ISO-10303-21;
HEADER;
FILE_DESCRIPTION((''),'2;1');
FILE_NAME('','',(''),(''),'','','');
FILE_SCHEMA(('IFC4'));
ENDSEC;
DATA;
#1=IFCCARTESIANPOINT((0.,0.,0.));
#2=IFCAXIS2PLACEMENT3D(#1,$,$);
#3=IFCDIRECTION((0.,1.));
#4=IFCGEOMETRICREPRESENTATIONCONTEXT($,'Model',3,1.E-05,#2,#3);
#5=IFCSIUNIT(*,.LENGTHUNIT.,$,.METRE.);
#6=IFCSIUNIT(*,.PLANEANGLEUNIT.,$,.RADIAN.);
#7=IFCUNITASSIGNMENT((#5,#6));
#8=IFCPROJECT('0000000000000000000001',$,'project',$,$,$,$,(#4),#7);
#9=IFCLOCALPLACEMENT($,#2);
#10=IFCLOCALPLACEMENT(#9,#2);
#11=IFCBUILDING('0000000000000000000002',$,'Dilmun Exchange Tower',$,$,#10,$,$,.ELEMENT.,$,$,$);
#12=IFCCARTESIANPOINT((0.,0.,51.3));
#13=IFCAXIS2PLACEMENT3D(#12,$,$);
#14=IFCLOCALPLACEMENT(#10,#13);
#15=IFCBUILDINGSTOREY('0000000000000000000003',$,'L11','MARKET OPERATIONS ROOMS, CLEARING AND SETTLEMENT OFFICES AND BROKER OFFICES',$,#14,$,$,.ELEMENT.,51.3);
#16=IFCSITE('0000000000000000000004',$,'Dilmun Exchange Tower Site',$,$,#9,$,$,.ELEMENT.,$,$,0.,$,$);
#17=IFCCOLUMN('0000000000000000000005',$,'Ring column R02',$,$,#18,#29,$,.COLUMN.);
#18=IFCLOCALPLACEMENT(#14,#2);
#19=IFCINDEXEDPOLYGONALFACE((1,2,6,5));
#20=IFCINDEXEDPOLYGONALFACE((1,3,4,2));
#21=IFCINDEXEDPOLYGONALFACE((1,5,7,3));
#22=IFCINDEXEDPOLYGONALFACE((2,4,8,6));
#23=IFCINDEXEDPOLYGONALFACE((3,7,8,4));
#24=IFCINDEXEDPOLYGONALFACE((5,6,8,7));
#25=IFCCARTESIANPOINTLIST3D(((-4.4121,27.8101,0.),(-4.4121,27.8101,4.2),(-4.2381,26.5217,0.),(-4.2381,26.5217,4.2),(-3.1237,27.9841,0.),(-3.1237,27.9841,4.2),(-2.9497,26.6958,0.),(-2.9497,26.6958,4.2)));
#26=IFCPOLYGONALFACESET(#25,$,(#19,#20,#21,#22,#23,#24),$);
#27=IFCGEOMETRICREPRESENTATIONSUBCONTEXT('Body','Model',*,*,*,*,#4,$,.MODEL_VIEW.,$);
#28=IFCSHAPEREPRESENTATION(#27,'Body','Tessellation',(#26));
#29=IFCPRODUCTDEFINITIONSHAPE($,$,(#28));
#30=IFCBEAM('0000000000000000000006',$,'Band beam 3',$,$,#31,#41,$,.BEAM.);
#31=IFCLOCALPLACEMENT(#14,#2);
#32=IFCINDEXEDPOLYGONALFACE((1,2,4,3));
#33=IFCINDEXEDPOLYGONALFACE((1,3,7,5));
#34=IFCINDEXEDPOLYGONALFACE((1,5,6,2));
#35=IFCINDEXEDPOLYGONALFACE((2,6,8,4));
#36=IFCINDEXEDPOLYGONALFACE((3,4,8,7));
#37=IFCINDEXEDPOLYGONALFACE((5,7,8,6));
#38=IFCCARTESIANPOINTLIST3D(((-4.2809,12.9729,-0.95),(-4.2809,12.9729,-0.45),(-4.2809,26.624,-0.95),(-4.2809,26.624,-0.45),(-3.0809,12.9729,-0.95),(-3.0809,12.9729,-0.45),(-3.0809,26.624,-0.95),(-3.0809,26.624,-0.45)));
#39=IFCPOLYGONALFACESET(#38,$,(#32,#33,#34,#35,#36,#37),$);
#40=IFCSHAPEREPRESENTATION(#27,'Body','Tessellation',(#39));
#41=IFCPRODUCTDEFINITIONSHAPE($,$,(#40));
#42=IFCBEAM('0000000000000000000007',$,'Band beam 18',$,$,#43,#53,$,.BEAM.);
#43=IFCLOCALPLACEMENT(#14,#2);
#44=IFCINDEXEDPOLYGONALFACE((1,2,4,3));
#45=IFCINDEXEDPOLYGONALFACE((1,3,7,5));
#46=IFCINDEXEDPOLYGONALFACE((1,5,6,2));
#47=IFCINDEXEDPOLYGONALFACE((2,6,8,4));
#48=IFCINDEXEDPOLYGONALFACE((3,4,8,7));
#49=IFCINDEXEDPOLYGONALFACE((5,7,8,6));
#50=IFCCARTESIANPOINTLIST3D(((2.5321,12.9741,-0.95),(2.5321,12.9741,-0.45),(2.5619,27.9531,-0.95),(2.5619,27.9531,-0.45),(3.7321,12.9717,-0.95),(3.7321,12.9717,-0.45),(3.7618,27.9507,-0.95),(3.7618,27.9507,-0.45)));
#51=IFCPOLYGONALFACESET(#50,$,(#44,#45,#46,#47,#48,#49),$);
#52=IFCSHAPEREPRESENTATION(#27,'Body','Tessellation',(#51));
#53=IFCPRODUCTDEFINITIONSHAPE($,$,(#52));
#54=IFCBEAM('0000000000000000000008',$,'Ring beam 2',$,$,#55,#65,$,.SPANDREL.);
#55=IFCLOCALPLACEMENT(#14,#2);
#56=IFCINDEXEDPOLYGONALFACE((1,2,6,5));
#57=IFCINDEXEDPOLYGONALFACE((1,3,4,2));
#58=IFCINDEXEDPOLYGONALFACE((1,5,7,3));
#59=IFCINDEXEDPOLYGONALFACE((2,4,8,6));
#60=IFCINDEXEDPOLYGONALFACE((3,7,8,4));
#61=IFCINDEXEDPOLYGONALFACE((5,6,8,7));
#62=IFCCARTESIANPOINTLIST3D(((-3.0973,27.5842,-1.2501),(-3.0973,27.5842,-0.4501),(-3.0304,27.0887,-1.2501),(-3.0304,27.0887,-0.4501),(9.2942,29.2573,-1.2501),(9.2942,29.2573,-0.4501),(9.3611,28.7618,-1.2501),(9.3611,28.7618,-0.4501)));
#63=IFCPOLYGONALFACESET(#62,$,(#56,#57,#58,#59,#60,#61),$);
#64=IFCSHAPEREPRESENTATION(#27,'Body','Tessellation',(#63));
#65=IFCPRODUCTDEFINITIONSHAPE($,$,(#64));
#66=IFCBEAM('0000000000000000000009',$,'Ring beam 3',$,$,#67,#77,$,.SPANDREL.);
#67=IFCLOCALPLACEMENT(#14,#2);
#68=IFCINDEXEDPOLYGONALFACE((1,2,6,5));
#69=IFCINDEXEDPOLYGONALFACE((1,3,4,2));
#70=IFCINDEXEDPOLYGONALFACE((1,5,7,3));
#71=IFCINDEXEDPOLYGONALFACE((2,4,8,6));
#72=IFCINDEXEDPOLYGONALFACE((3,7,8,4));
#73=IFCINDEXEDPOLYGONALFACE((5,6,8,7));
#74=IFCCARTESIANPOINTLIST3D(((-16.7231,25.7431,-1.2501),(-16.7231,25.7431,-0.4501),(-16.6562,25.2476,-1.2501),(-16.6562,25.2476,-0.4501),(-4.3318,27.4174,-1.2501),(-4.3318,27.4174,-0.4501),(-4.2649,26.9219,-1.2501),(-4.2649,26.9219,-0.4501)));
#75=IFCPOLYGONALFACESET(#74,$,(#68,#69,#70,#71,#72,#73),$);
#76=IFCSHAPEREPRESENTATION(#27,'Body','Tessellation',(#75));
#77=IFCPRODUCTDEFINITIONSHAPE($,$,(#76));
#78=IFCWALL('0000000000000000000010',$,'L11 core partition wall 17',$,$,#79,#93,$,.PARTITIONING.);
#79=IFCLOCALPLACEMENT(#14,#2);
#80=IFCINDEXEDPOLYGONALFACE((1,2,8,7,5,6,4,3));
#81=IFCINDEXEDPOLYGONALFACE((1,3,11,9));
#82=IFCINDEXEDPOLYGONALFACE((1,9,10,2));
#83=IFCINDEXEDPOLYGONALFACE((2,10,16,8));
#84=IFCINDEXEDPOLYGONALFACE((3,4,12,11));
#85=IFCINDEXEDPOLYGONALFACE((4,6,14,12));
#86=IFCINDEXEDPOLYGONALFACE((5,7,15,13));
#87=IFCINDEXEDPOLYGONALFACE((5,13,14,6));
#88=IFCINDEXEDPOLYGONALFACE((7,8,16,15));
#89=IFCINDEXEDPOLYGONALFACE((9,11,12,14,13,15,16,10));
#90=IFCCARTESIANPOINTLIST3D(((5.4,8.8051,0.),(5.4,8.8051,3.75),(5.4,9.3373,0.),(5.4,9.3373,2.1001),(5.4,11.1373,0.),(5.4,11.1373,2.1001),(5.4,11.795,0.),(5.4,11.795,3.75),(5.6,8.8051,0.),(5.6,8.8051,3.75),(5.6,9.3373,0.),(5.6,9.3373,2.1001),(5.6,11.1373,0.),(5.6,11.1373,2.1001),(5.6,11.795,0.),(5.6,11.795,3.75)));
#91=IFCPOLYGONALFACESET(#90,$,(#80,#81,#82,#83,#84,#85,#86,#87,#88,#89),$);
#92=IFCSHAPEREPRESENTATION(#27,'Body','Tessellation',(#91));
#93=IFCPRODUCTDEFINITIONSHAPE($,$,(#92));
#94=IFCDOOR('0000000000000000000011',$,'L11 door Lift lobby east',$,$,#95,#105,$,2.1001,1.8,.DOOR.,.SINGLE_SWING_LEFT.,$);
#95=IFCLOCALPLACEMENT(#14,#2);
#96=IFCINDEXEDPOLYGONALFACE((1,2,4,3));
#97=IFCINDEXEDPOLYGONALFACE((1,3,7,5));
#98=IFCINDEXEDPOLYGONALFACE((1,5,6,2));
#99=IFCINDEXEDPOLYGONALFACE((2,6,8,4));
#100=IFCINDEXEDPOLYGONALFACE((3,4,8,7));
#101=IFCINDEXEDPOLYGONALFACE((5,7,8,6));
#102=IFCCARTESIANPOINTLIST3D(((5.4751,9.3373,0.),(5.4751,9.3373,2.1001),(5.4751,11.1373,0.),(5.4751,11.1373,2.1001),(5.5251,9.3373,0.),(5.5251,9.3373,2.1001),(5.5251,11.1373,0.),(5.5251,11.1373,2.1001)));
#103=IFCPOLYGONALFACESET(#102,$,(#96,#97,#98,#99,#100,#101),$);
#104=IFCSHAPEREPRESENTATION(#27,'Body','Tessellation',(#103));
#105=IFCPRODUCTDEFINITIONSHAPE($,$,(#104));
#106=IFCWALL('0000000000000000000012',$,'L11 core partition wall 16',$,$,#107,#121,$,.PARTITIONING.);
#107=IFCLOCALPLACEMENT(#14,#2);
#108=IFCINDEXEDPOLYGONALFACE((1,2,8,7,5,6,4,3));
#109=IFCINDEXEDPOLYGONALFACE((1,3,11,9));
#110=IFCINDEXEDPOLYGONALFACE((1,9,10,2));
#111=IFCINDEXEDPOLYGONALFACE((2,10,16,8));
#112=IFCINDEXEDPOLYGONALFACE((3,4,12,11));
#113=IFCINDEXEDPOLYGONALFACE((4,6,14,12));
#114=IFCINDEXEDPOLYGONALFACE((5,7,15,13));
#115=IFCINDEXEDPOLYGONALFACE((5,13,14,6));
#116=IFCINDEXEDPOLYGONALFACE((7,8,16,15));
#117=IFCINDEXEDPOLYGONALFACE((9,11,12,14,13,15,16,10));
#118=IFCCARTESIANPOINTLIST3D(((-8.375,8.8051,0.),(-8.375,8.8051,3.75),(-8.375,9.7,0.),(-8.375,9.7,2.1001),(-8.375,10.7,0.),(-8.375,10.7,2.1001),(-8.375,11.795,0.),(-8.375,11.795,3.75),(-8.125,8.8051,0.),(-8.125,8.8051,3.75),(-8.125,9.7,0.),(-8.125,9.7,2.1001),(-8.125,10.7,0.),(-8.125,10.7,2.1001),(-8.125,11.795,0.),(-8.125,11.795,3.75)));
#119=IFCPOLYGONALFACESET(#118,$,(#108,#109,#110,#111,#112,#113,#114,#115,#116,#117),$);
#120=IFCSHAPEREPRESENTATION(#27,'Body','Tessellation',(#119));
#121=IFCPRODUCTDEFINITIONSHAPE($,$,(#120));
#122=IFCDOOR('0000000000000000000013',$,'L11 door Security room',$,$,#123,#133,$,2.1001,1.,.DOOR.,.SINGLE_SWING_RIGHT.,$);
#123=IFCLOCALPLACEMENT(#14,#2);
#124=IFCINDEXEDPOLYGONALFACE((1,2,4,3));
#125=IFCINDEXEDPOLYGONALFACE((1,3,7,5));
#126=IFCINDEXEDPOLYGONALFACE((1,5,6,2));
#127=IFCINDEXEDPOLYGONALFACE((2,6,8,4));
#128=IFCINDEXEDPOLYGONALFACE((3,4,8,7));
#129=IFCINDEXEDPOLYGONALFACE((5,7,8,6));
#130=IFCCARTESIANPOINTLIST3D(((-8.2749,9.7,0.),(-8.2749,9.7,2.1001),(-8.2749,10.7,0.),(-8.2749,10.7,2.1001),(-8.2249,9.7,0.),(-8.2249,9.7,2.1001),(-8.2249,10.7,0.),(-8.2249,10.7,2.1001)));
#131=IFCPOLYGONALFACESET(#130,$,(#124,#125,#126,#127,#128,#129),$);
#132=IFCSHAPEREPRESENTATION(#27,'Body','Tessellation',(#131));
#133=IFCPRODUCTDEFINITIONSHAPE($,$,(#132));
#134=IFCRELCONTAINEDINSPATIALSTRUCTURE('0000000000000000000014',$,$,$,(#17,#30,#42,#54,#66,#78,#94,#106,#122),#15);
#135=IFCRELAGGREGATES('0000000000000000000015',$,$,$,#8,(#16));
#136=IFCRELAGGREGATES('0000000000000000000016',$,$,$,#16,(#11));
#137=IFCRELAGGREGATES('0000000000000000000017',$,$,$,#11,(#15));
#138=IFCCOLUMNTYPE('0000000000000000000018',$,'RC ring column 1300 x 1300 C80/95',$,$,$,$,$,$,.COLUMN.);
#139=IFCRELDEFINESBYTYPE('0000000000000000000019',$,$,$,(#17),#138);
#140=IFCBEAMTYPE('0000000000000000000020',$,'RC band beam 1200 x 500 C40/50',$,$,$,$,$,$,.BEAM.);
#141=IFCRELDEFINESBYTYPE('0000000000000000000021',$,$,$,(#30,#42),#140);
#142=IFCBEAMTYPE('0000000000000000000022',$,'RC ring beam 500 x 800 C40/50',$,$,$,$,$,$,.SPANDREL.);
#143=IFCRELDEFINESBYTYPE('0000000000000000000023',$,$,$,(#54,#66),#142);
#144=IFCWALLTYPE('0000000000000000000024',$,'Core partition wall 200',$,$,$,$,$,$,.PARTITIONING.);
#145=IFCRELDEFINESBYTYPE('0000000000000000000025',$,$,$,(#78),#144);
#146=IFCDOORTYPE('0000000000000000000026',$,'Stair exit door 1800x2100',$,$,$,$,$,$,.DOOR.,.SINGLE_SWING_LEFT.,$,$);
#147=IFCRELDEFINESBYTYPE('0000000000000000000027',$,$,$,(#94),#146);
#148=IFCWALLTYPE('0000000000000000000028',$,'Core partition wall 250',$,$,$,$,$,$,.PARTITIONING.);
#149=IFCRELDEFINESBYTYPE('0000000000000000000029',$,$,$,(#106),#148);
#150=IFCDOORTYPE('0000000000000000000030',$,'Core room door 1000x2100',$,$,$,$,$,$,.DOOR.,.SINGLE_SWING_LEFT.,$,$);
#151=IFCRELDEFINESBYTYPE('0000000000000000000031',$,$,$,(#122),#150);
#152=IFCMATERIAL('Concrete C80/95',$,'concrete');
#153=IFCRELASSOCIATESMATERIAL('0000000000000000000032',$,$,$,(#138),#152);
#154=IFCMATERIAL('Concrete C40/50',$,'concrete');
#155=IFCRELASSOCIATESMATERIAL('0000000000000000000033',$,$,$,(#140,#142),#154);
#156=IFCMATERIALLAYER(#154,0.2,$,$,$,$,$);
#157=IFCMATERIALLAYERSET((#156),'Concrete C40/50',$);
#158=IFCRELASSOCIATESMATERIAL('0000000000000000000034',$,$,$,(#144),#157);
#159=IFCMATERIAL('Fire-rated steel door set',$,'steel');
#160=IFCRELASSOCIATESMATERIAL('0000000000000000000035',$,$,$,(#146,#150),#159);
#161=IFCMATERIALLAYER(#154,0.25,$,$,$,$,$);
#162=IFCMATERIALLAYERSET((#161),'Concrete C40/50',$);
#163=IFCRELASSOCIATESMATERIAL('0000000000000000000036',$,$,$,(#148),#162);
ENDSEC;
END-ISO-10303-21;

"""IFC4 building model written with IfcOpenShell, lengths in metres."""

from ifc_helpers import new_model, si_unit, direction, frame, frame_2d, origin, origin_2d, place, context, subcontext, project, spatial, rectangle, extrude, material, layer, layer_set, material_profile, profile_set, type_object, element, fill, save


model = new_model("IFC4")

# Units and contexts
model_context = context("Model", 3, precision=1e-05, world=origin(), true_north=direction((0.0, 1.0)))
body_context = subcontext(model_context, "Body", "Model", "MODEL_VIEW")
ifc_project = project(units=[si_unit("LENGTHUNIT", "METRE"), si_unit("PLANEANGLEUNIT", "RADIAN")], contexts=[model_context])

# Site, building, storey
site_placement = place(None, origin())
site = spatial("IfcSite", under=ifc_project, at=site_placement, Name="Dilmun Exchange Tower Site", CompositionType="ELEMENT", RefElevation=0.0)
building_placement = place(site_placement, origin())
building = spatial("IfcBuilding", under=site, at=building_placement, Name="Dilmun Exchange Tower", CompositionType="ELEMENT")
storey_placement = place(building_placement, frame((0.0, 0.0, 51.3)))
storey = spatial("IfcBuildingStorey", under=building, at=storey_placement, Name="L11", Description="MARKET OPERATIONS ROOMS, CLEARING AND SETTLEMENT OFFICES AND BROKER OFFICES", CompositionType="ELEMENT", Elevation=51.3)

# Column
ifc_material_1 = material(Name="Concrete C80/95", Category="concrete")
ifc_material_profile_1 = material_profile(ifc_material_1, rectangle(XDim=1.3, YDim=1.3, at=origin_2d()), Name="1300 x 1300")
ifc_profile_set_1 = profile_set([ifc_material_profile_1], Name="Concrete C80/95")
column_type = type_object("IfcColumnType", Name="RC ring column 1300 x 1300 C80/95", PredefinedType="COLUMN", material=ifc_profile_set_1)
column_placement = place(storey_placement, frame((-3.6809, 27.2529, 0.0), z_axis=(0.0, 0.0, 1.0), x_axis=(0.991001, 0.133853, 0.0)))
element("IfcColumn", 1, at=column_placement, inside=storey, type_object=column_type, Name="Ring column R02", PredefinedType="COLUMN", context=body_context, shape_type="SweptSolid", body=[
    extrude(rectangle(XDim=1.3, YDim=1.3, at=origin_2d()), origin(), (0.0, 0.0, 1.0), 4.2),
])

# Beams
ifc_material_2 = material(Name="Concrete C40/50", Category="concrete")
ifc_material_profile_2 = material_profile(ifc_material_2, rectangle(XDim=1.2, YDim=0.5, at=origin_2d()), Name="1200 x 500")
ifc_profile_set_2 = profile_set([ifc_material_profile_2], Name="Concrete C40/50")
beam_type_1 = type_object("IfcBeamType", Name="RC band beam 1200 x 500 C40/50", PredefinedType="BEAM", material=ifc_profile_set_2)
beam_1_placement = place(storey_placement, frame((-3.6809, 26.624, -0.7), z_axis=(0.0, -1.0, 0.0), x_axis=(1.0, 0.0, 0.0)))
element("IfcBeam", 2, at=beam_1_placement, inside=storey, type_object=beam_type_1, Name="Band beam 3", PredefinedType="BEAM", context=body_context, shape_type="SweptSolid", body=[
    extrude(rectangle(XDim=1.2, YDim=0.5, at=origin_2d()), origin(), (0.0, 0.0, 1.0), 13.6511),
])
beam_2_placement = place(storey_placement, frame((3.1619, 27.9519, -0.7), z_axis=(-0.001988, -0.999998, 0.0), x_axis=(0.999998, -0.001988, 0.0)))
element("IfcBeam", 3, at=beam_2_placement, inside=storey, type_object=beam_type_1, Name="Band beam 18", PredefinedType="BEAM", context=body_context, shape_type="SweptSolid", body=[
    extrude(rectangle(XDim=1.2, YDim=0.5, at=origin_2d()), origin(), (0.0, 0.0, 1.0), 14.979),
])
ifc_material_profile_3 = material_profile(ifc_material_2, rectangle(XDim=0.5, YDim=0.8, at=origin_2d()), Name="500 x 800")
ifc_profile_set_3 = profile_set([ifc_material_profile_3], Name="Concrete C40/50")
beam_type_2 = type_object("IfcBeamType", Name="RC ring beam 500 x 800 C40/50", PredefinedType="SPANDREL", material=ifc_profile_set_3)
for number, where, z_axis, x_axis, name in (
    (4, (9.3276, 29.0095, -0.8501), (-0.991007, -0.133807, 0.0), (0.133807, -0.991007, 0.0), "Ring beam 2"),
    (5, (-4.2983, 27.1697, -0.8501), (-0.990994, -0.133903, 0.0), (0.133903, -0.990994, 0.0), "Ring beam 3"),
):
    element("IfcBeam", number, at=place(storey_placement, frame(where, z_axis=z_axis, x_axis=x_axis)), inside=storey, type_object=beam_type_2, Name=name, PredefinedType="SPANDREL", context=body_context, shape_type="SweptSolid", body=[
        extrude(rectangle(XDim=0.5, YDim=0.8, at=origin_2d()), origin(), (0.0, 0.0, 1.0), 12.5039),
    ])

# Walls, openings, doors
ifc_layer_1 = layer(ifc_material_2, 0.2)
ifc_layer_set_1 = layer_set([ifc_layer_1], Name="Concrete C40/50")
wall_type_1 = type_object("IfcWallType", Name="Core partition wall 200", PredefinedType="PARTITIONING", material=ifc_layer_set_1)
wall_1_placement = place(storey_placement, frame((5.5, 8.8049, 0.0), z_axis=(0.0, 0.0, 1.0), x_axis=(0.0, 1.0, 0.0)))
wall_1 = element("IfcWall", 6, at=wall_1_placement, inside=storey, type_object=wall_type_1, Name="L11 core partition wall 17", PredefinedType="PARTITIONING", context=body_context, shape_type="SweptSolid", body=[
    extrude(rectangle(XDim=2.99, YDim=0.2, at=frame_2d((1.4951, 0.0))), origin(), (0.0, 0.0, 1.0), 3.75),
])
opening_1_placement = place(wall_1_placement, frame((0.5325, 0.0, 0.0)))
opening_1 = element("IfcOpeningElement", 7, at=opening_1_placement, cuts=wall_1, PredefinedType="OPENING", context=body_context, shape_type="SweptSolid", body=[
    extrude(rectangle(XDim=1.8, YDim=2.1001, at=frame_2d((0.8999, 1.05))), frame((0.0, 0.1099, 0.0), z_axis=(0.0, -1.0, 0.0), x_axis=(1.0, 0.0, 0.0)), (0.0, 0.0, 1.0), 0.22),
])
ifc_material_3 = material(Name="Fire-rated steel door set", Category="steel")
door_type_1 = type_object("IfcDoorType", Name="Stair exit door 1800x2100", OperationType="SINGLE_SWING_LEFT", PredefinedType="DOOR", material=ifc_material_3)
door_1_placement = place(opening_1_placement, origin())
door_1 = element("IfcDoor", 8, at=door_1_placement, inside=storey, type_object=door_type_1, Name="L11 door Lift lobby east", OperationType="SINGLE_SWING_LEFT", OverallHeight=2.1001, OverallWidth=1.8, PredefinedType="DOOR", context=body_context, shape_type="SweptSolid", body=[
    extrude(rectangle(XDim=1.8, YDim=2.1001, at=frame_2d((0.8999, 1.05))), frame((0.0, 0.0249, 0.0), z_axis=(0.0, -1.0, 0.0), x_axis=(1.0, 0.0, 0.0)), (0.0, 0.0, 1.0), 0.05),
])
fill(opening_1, door_1)
ifc_layer_2 = layer(ifc_material_2, 0.25)
ifc_layer_set_2 = layer_set([ifc_layer_2], Name="Concrete C40/50")
wall_type_2 = type_object("IfcWallType", Name="Core partition wall 250", PredefinedType="PARTITIONING", material=ifc_layer_set_2)
wall_2_placement = place(storey_placement, frame((-8.25, 8.8049, 0.0), z_axis=(0.0, 0.0, 1.0), x_axis=(0.0, 1.0, 0.0)))
wall_2 = element("IfcWall", 9, at=wall_2_placement, inside=storey, type_object=wall_type_2, Name="L11 core partition wall 16", PredefinedType="PARTITIONING", context=body_context, shape_type="SweptSolid", body=[
    extrude(rectangle(XDim=2.99, YDim=0.25, at=frame_2d((1.4951, 0.0))), origin(), (0.0, 0.0, 1.0), 3.75),
])
opening_2_placement = place(wall_2_placement, frame((0.895, 0.0, 0.0)))
opening_2 = element("IfcOpeningElement", 10, at=opening_2_placement, cuts=wall_2, PredefinedType="OPENING", context=body_context, shape_type="SweptSolid", body=[
    extrude(rectangle(XDim=1.0, YDim=2.1001, at=frame_2d((0.5, 1.05))), frame((0.0, 0.135, 0.0), z_axis=(0.0, -1.0, 0.0), x_axis=(1.0, 0.0, 0.0)), (0.0, 0.0, 1.0), 0.27),
])
door_type_2 = type_object("IfcDoorType", Name="Core room door 1000x2100", OperationType="SINGLE_SWING_LEFT", PredefinedType="DOOR", material=ifc_material_3)
door_2_placement = place(opening_2_placement, origin())
door_2 = element("IfcDoor", 11, at=door_2_placement, inside=storey, type_object=door_type_2, Name="L11 door Security room", OperationType="SINGLE_SWING_RIGHT", OverallHeight=2.1001, OverallWidth=1.0, PredefinedType="DOOR", context=body_context, shape_type="SweptSolid", body=[
    extrude(rectangle(XDim=1.0, YDim=2.1001, at=frame_2d((0.5, 1.05))), frame((0.0, 0.0249, 0.0), z_axis=(0.0, -1.0, 0.0), x_axis=(1.0, 0.0, 0.0)), (0.0, 0.0, 1.0), 0.05),
])
fill(opening_2, door_2)

save(model, "model.ifc")
